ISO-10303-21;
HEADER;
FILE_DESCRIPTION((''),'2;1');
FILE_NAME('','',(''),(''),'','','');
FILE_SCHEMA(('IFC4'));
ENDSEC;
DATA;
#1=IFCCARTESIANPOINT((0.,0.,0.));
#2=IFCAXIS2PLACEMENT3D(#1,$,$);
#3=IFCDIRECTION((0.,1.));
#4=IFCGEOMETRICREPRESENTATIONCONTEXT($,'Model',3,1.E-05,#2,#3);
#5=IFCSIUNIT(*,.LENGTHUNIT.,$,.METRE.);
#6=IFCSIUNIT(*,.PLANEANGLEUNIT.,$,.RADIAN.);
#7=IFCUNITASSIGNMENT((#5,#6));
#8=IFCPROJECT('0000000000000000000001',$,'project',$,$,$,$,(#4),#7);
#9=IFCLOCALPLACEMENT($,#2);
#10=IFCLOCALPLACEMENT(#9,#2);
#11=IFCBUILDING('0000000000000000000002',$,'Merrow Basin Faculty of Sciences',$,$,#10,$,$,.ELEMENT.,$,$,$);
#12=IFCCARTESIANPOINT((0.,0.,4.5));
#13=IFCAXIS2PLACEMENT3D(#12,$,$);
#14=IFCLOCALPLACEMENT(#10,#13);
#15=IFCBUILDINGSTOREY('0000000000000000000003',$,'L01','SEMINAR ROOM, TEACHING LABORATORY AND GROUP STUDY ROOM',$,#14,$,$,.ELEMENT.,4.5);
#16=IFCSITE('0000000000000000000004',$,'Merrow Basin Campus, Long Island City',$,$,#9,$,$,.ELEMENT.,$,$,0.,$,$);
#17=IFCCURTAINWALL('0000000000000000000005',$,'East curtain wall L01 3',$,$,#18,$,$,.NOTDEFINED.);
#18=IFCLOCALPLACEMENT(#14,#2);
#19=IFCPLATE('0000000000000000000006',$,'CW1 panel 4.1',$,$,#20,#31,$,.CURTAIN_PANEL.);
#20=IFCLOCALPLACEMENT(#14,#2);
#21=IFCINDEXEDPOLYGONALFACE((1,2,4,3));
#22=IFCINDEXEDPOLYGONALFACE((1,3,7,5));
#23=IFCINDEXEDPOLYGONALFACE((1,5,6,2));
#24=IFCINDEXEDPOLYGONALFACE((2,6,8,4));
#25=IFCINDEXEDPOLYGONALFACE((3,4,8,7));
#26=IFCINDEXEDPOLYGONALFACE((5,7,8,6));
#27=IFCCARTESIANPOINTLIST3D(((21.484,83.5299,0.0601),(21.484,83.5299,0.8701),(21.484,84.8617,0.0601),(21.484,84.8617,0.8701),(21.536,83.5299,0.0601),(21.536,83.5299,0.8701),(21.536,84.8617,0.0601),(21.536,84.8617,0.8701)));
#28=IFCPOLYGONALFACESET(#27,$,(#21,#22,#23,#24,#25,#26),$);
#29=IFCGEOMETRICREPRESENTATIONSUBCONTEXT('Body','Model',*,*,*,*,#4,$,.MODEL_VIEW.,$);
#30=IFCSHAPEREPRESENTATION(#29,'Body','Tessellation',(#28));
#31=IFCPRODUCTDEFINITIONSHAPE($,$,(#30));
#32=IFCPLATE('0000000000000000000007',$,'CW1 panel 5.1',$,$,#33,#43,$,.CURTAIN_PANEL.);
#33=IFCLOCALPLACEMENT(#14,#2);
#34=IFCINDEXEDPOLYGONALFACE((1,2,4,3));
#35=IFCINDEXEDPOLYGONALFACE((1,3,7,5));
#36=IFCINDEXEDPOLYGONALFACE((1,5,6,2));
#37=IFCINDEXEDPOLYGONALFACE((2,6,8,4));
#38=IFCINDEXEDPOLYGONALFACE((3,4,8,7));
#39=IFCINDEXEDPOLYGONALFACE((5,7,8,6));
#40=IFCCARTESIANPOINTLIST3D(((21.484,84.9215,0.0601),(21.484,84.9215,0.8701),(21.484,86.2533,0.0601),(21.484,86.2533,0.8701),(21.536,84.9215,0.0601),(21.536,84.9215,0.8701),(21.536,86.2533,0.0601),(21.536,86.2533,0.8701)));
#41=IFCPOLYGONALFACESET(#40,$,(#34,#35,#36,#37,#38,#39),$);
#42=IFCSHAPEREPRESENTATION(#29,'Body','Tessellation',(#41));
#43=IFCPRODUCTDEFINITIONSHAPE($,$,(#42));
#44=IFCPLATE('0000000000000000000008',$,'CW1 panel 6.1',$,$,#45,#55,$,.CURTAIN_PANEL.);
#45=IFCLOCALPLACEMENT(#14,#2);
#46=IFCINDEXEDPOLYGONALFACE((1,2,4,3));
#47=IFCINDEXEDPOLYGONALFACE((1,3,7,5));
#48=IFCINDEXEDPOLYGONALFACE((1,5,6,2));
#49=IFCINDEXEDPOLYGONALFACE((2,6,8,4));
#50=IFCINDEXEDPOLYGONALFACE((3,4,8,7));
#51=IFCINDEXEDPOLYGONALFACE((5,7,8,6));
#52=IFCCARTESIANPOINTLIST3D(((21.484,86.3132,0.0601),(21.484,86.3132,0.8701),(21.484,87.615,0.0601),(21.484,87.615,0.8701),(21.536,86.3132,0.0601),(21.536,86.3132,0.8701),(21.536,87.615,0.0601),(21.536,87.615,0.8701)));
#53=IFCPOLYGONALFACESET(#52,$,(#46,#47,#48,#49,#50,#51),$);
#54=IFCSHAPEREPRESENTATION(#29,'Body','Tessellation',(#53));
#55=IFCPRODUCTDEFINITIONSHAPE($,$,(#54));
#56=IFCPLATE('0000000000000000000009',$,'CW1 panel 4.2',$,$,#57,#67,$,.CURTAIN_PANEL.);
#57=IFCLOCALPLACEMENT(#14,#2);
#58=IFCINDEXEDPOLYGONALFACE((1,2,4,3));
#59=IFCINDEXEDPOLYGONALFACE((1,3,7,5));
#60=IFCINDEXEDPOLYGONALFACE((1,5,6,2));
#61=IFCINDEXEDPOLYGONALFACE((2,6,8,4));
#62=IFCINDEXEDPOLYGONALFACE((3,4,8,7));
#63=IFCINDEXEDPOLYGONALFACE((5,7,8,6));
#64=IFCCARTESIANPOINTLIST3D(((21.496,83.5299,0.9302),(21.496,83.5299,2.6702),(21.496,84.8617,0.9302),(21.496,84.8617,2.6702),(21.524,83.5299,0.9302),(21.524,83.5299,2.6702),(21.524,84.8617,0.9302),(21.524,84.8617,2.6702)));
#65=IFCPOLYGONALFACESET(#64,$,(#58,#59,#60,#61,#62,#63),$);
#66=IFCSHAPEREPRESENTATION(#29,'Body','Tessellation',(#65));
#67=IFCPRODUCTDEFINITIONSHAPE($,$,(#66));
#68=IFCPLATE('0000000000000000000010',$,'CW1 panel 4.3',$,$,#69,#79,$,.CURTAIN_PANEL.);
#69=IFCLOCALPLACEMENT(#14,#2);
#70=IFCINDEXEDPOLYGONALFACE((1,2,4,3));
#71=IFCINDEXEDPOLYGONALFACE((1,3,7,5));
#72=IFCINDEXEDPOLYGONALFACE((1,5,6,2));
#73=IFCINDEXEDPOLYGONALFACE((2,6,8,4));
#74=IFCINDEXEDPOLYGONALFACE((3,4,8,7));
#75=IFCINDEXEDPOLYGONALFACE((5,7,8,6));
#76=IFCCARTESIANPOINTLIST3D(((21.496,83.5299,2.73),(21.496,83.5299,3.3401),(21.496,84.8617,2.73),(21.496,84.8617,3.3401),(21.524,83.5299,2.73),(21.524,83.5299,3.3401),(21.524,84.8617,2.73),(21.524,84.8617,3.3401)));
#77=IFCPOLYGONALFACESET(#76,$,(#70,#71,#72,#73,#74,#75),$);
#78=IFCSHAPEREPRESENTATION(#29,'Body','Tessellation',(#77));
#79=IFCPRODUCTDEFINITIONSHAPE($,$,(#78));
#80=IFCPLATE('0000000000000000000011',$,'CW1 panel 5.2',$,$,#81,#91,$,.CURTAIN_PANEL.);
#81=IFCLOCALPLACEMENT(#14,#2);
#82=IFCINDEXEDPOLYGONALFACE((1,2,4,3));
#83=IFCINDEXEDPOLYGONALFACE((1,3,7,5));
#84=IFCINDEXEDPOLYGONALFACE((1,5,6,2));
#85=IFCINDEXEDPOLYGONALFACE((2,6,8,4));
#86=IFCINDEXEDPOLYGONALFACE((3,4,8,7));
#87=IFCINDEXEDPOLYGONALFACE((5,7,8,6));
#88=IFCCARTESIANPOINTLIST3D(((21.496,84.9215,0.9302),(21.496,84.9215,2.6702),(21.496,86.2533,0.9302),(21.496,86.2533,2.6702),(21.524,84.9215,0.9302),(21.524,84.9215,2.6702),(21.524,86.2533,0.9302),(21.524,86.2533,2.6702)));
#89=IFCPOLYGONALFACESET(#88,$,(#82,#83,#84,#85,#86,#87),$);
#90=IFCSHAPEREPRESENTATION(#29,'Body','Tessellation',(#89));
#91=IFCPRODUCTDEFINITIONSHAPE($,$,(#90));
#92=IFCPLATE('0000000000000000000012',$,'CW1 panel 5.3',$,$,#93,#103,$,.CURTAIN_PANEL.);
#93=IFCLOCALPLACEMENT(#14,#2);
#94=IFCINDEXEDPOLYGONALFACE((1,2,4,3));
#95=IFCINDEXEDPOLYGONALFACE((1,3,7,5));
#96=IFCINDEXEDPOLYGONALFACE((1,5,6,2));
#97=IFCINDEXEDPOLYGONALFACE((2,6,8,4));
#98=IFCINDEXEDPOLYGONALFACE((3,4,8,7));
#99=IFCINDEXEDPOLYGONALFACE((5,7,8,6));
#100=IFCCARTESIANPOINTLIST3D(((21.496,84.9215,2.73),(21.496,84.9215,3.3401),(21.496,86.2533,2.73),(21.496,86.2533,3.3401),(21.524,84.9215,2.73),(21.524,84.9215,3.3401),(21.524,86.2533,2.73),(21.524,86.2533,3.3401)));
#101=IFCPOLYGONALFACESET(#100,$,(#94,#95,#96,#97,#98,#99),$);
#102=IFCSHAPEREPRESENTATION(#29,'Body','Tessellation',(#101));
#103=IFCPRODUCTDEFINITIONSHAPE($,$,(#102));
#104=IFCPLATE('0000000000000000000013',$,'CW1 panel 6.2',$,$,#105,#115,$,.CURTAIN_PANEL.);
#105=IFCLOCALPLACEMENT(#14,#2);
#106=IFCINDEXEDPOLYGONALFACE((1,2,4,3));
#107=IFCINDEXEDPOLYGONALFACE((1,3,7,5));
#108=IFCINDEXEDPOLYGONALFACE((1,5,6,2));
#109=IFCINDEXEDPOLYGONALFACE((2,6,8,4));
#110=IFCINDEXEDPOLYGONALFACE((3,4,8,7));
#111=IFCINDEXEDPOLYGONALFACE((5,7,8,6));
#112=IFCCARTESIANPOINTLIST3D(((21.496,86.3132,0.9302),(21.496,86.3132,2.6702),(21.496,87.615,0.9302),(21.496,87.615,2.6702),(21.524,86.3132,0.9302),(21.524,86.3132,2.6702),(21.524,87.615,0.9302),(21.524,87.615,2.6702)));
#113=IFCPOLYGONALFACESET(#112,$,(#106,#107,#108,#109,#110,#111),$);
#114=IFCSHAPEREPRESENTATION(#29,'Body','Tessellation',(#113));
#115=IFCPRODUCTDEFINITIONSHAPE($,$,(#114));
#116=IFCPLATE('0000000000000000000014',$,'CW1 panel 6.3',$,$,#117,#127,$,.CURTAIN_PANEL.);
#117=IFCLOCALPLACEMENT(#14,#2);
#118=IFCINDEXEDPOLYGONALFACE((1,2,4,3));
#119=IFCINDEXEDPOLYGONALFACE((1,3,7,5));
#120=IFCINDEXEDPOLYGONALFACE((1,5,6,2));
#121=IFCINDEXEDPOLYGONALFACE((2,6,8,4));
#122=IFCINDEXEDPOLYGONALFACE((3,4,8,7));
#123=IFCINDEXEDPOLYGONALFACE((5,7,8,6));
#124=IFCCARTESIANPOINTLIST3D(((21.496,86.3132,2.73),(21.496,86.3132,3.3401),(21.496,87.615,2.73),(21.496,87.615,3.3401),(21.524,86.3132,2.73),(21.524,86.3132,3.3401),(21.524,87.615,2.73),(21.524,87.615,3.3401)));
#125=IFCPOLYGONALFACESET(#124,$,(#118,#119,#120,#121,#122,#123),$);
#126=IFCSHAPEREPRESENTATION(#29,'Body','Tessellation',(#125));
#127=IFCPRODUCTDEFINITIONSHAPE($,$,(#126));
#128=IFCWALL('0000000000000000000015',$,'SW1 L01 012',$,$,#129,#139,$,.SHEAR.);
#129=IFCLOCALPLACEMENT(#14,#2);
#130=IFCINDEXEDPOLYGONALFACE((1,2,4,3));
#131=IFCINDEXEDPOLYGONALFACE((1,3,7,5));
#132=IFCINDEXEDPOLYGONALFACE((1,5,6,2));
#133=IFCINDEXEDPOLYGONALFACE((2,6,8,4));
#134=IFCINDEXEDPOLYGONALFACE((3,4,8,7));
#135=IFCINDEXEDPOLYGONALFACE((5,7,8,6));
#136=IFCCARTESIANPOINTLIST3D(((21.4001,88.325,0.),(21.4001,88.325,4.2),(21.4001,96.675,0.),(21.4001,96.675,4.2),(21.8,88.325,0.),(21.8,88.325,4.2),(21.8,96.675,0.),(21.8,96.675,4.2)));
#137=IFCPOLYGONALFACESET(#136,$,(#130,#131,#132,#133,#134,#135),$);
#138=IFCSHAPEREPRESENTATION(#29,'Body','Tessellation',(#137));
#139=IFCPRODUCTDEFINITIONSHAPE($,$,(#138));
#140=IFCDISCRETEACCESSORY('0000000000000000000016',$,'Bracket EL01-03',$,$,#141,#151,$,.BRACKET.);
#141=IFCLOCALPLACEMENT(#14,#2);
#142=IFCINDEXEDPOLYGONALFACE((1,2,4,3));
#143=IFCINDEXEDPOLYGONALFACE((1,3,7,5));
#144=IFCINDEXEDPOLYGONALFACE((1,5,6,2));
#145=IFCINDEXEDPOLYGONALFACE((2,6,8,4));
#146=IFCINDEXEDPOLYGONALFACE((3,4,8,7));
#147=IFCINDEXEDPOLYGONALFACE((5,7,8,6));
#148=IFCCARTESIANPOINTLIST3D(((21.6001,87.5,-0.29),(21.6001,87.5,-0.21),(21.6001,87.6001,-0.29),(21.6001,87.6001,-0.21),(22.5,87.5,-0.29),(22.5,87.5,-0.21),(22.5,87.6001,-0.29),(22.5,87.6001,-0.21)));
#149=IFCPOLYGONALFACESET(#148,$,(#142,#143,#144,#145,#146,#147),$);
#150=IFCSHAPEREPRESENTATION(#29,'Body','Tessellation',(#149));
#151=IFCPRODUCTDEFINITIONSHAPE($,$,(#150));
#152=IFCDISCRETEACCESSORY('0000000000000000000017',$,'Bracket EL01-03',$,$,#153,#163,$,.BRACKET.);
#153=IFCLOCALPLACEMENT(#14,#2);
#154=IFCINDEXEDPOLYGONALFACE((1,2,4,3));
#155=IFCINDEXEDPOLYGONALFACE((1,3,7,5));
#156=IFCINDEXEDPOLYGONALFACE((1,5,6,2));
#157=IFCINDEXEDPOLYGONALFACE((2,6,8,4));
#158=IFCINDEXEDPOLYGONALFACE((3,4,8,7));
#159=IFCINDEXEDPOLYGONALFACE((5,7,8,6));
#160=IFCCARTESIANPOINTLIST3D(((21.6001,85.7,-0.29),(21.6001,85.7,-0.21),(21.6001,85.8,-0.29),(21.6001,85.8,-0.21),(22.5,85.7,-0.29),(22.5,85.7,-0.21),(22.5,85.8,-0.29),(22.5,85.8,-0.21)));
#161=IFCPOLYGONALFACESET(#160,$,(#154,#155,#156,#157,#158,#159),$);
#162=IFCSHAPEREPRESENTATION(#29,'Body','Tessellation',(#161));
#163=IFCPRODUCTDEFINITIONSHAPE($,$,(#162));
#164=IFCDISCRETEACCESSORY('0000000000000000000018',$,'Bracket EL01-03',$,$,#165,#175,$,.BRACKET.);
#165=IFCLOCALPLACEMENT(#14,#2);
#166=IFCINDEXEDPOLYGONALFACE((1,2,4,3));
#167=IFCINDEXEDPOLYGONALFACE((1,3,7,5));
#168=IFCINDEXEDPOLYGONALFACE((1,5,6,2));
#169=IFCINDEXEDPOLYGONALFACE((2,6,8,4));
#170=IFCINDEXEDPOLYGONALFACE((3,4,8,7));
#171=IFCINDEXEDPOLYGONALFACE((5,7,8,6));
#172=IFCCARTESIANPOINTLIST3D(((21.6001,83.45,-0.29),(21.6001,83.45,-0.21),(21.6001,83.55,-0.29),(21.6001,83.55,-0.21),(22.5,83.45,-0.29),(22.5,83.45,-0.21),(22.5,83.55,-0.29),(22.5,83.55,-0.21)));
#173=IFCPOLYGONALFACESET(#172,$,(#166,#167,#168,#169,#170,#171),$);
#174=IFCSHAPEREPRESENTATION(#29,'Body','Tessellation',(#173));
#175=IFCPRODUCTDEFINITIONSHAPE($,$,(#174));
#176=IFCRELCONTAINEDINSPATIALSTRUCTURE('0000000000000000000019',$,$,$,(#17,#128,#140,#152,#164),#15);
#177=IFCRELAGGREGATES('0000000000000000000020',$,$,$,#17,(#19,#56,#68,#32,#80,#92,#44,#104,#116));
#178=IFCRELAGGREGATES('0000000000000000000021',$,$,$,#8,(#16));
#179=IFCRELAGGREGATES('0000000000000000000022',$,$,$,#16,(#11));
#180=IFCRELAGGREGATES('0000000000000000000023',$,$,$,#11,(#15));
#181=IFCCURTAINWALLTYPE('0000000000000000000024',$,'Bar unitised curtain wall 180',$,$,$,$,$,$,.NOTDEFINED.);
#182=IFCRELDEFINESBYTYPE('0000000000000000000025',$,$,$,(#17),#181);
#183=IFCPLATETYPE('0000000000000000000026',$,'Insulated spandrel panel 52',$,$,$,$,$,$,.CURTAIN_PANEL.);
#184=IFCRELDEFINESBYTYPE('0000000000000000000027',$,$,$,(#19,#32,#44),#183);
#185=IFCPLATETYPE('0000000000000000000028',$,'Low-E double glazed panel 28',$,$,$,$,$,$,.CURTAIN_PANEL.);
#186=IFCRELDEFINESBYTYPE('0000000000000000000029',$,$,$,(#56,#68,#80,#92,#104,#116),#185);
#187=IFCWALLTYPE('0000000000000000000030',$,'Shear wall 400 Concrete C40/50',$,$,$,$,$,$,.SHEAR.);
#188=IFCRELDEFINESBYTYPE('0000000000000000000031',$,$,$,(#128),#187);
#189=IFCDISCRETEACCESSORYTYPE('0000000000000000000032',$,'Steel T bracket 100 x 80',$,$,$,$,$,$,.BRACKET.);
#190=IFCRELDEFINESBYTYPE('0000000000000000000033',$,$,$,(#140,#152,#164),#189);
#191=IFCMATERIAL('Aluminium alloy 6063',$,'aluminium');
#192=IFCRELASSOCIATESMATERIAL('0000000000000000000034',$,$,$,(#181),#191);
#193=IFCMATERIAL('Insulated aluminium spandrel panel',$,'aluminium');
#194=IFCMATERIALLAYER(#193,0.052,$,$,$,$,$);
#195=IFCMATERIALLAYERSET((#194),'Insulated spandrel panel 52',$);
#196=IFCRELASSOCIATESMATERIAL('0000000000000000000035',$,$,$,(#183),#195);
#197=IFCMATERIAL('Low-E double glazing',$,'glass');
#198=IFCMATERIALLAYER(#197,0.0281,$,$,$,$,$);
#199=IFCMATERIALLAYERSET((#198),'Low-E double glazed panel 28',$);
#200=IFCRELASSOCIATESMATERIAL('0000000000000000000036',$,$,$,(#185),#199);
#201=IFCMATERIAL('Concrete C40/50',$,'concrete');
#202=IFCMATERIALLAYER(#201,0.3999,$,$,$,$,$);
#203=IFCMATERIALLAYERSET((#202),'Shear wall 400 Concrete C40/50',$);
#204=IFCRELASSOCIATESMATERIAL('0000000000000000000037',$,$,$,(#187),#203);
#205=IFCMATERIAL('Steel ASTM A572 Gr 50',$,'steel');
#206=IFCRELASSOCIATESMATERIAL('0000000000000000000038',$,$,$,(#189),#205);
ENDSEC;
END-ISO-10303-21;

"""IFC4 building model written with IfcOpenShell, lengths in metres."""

from ifc_helpers import new_model, si_unit, direction, frame, frame_2d, origin, origin_2d, place, context, subcontext, project, spatial, polyline, rectangle, outline, extrude, source, transform, mapped, material, layer, layer_set, type_object, element, aggregate, save


model = new_model("IFC4")

# Units and contexts
model_context = context("Model", 3, precision=1e-05, world=origin(), true_north=direction((0.0, 1.0)))
body_context = subcontext(model_context, "Body", "Model", "MODEL_VIEW")
ifc_project = project(units=[si_unit("LENGTHUNIT", "METRE"), si_unit("PLANEANGLEUNIT", "RADIAN")], contexts=[model_context])

# Site, building, storey
site_placement = place(None, origin())
site = spatial("IfcSite", under=ifc_project, at=site_placement, Name="Merrow Basin Campus, Long Island City", CompositionType="ELEMENT", RefElevation=0.0)
building_placement = place(site_placement, origin())
building = spatial("IfcBuilding", under=site, at=building_placement, Name="Merrow Basin Faculty of Sciences", CompositionType="ELEMENT")
storey_placement = place(building_placement, frame((0.0, 0.0, 4.5)))
storey = spatial("IfcBuildingStorey", under=building, at=storey_placement, Name="L01", Description="SEMINAR ROOM, TEACHING LABORATORY AND GROUP STUDY ROOM", CompositionType="ELEMENT", Elevation=4.5)

# Curtain wall, plates
ifc_material_1 = material(Name="Aluminium alloy 6063", Category="aluminium")
curtain_wall_type = type_object("IfcCurtainWallType", Name="Bar unitised curtain wall 180", PredefinedType="NOTDEFINED", material=ifc_material_1)
curtain_wall_placement = place(storey_placement, origin())
curtain_wall = element("IfcCurtainWall", 1, at=curtain_wall_placement, inside=storey, type_object=curtain_wall_type, Name="East curtain wall L01 3", PredefinedType="NOTDEFINED")
ifc_material_2 = material(Name="Insulated aluminium spandrel panel", Category="aluminium")
ifc_layer_1 = layer(ifc_material_2, 0.052)
ifc_layer_set_1 = layer_set([ifc_layer_1], Name="Insulated spandrel panel 52")
plate_type_1 = type_object("IfcPlateType", Name="Insulated spandrel panel 52", PredefinedType="CURTAIN_PANEL", material=ifc_layer_set_1)
plate_1_placement = place(storey_placement, frame((21.51, 84.1958, 0.0601), z_axis=(0.0, 0.0, 1.0), x_axis=(0.0, 1.0, 0.0)))
plate_1 = element("IfcPlate", 2, at=plate_1_placement, type_object=plate_type_1, Name="CW1 panel 4.1", PredefinedType="CURTAIN_PANEL", context=body_context, shape_type="SweptSolid", body=[
    extrude(rectangle(XDim=1.3318, YDim=0.052, at=origin_2d()), origin(), (0.0, 0.0, 1.0), 0.8101),
])
plate_2_placement = place(storey_placement, frame((21.51, 85.5874, 0.0601), z_axis=(0.0, 0.0, 1.0), x_axis=(0.0, 1.0, 0.0)))
plate_2 = element("IfcPlate", 3, at=plate_2_placement, type_object=plate_type_1, Name="CW1 panel 5.1", PredefinedType="CURTAIN_PANEL", context=body_context, shape_type="SweptSolid", body=[
    extrude(rectangle(XDim=1.3318, YDim=0.052, at=origin_2d()), origin(), (0.0, 0.0, 1.0), 0.8101),
])
plate_3_placement = place(storey_placement, frame((21.51, 86.9641, 0.0601), z_axis=(0.0, 0.0, 1.0), x_axis=(0.0, 1.0, 0.0)))
plate_3 = element("IfcPlate", 4, at=plate_3_placement, type_object=plate_type_1, Name="CW1 panel 6.1", PredefinedType="CURTAIN_PANEL", context=body_context, shape_type="SweptSolid", body=[
    extrude(rectangle(XDim=1.3018, YDim=0.052, at=origin_2d()), origin(), (0.0, 0.0, 1.0), 0.8101),
])
ifc_material_3 = material(Name="Low-E double glazing", Category="glass")
ifc_layer_2 = layer(ifc_material_3, 0.0281)
ifc_layer_set_2 = layer_set([ifc_layer_2], Name="Low-E double glazed panel 28")
plate_type_2 = type_object("IfcPlateType", Name="Low-E double glazed panel 28", PredefinedType="CURTAIN_PANEL", material=ifc_layer_set_2)
plate_4_placement = place(storey_placement, frame((21.51, 84.1958, 0.9302), z_axis=(0.0, 0.0, 1.0), x_axis=(0.0, 1.0, 0.0)))
plate_4 = element("IfcPlate", 5, at=plate_4_placement, type_object=plate_type_2, Name="CW1 panel 4.2", PredefinedType="CURTAIN_PANEL", context=body_context, shape_type="SweptSolid", body=[
    extrude(rectangle(XDim=1.3318, YDim=0.0281, at=origin_2d()), origin(), (0.0, 0.0, 1.0), 1.74),
])
plate_5_placement = place(storey_placement, frame((21.51, 84.1958, 2.73), z_axis=(0.0, 0.0, 1.0), x_axis=(0.0, 1.0, 0.0)))
plate_5 = element("IfcPlate", 6, at=plate_5_placement, type_object=plate_type_2, Name="CW1 panel 4.3", PredefinedType="CURTAIN_PANEL", context=body_context, shape_type="SweptSolid", body=[
    extrude(rectangle(XDim=1.3318, YDim=0.0281, at=origin_2d()), origin(), (0.0, 0.0, 1.0), 0.6101),
])
plate_6_placement = place(storey_placement, frame((21.51, 85.5874, 0.9302), z_axis=(0.0, 0.0, 1.0), x_axis=(0.0, 1.0, 0.0)))
plate_6 = element("IfcPlate", 7, at=plate_6_placement, type_object=plate_type_2, Name="CW1 panel 5.2", PredefinedType="CURTAIN_PANEL", context=body_context, shape_type="SweptSolid", body=[
    extrude(rectangle(XDim=1.3318, YDim=0.0281, at=origin_2d()), origin(), (0.0, 0.0, 1.0), 1.74),
])
plate_7_placement = place(storey_placement, frame((21.51, 85.5874, 2.73), z_axis=(0.0, 0.0, 1.0), x_axis=(0.0, 1.0, 0.0)))
plate_7 = element("IfcPlate", 8, at=plate_7_placement, type_object=plate_type_2, Name="CW1 panel 5.3", PredefinedType="CURTAIN_PANEL", context=body_context, shape_type="SweptSolid", body=[
    extrude(rectangle(XDim=1.3318, YDim=0.0281, at=origin_2d()), origin(), (0.0, 0.0, 1.0), 0.6101),
])
plate_8_placement = place(storey_placement, frame((21.51, 86.9641, 0.9302), z_axis=(0.0, 0.0, 1.0), x_axis=(0.0, 1.0, 0.0)))
plate_8 = element("IfcPlate", 9, at=plate_8_placement, type_object=plate_type_2, Name="CW1 panel 6.2", PredefinedType="CURTAIN_PANEL", context=body_context, shape_type="SweptSolid", body=[
    extrude(rectangle(XDim=1.3018, YDim=0.0281, at=origin_2d()), origin(), (0.0, 0.0, 1.0), 1.74),
])
plate_9_placement = place(storey_placement, frame((21.51, 86.9641, 2.73), z_axis=(0.0, 0.0, 1.0), x_axis=(0.0, 1.0, 0.0)))
plate_9 = element("IfcPlate", 10, at=plate_9_placement, type_object=plate_type_2, Name="CW1 panel 6.3", PredefinedType="CURTAIN_PANEL", context=body_context, shape_type="SweptSolid", body=[
    extrude(rectangle(XDim=1.3018, YDim=0.0281, at=origin_2d()), origin(), (0.0, 0.0, 1.0), 0.6101),
])
aggregate(curtain_wall, [plate_1, plate_4, plate_5, plate_2, plate_6, plate_7, plate_3, plate_8, plate_9])

# Wall
ifc_material_4 = material(Name="Concrete C40/50", Category="concrete")
ifc_layer_3 = layer(ifc_material_4, 0.3999)
ifc_layer_set_3 = layer_set([ifc_layer_3], Name="Shear wall 400 Concrete C40/50")
wall_type = type_object("IfcWallType", Name="Shear wall 400 Concrete C40/50", PredefinedType="SHEAR", material=ifc_layer_set_3)
wall_placement = place(storey_placement, frame((21.6001, 88.325, 0.0), z_axis=(0.0, 0.0, 1.0), x_axis=(0.0, 1.0, 0.0)))
element("IfcWall", 11, at=wall_placement, inside=storey, type_object=wall_type, Name="SW1 L01 012", PredefinedType="SHEAR", context=body_context, shape_type="SweptSolid", body=[
    extrude(rectangle(XDim=8.3501, YDim=0.3999, at=frame_2d((4.175, 0.0))), origin(), (0.0, 0.0, 1.0), 4.2),
])

# Discrete accessories
ifc_material_5 = material(Name="Steel ASTM A572 Gr 50", Category="steel")
discrete_accessory_type = type_object("IfcDiscreteAccessoryType", Name="Steel T bracket 100 x 80", PredefinedType="BRACKET", material=ifc_material_5)
shared_shape = source(origin(), body_context, "Body", "SweptSolid", [
    extrude(outline(polyline([(0.0, 0.0), (0.1001, 0.0), (0.1001, 0.0801), (0.0, 0.0801), (0.0, 0.0)])), origin(), (0.0, 0.0, 1.0), 0.8999),
])
for number, where, z_axis, x_axis, name in (
    (12, (22.5, 87.6001, -0.29), (-1.0, 0.0, 0.0), (0.0, -1.0, 0.0), "Bracket EL01-03"),
    (13, (22.5, 85.8, -0.29), (-1.0, 0.0, 0.0), (0.0, -1.0, 0.0), "Bracket EL01-03"),
    (14, (22.5, 83.55, -0.29), (-1.0, 0.0, 0.0), (0.0, -1.0, 0.0), "Bracket EL01-03"),
):
    element("IfcDiscreteAccessory", number, at=place(storey_placement, frame(where, z_axis=z_axis, x_axis=x_axis)), inside=storey, type_object=discrete_accessory_type, Name=name, PredefinedType="BRACKET", context=body_context, shape_type="MappedRepresentation", body=[
        mapped(shared_shape, transform((0.0, 0.0, 0.0), scale=1.0)),
    ])

save(model, "model.ifc")
